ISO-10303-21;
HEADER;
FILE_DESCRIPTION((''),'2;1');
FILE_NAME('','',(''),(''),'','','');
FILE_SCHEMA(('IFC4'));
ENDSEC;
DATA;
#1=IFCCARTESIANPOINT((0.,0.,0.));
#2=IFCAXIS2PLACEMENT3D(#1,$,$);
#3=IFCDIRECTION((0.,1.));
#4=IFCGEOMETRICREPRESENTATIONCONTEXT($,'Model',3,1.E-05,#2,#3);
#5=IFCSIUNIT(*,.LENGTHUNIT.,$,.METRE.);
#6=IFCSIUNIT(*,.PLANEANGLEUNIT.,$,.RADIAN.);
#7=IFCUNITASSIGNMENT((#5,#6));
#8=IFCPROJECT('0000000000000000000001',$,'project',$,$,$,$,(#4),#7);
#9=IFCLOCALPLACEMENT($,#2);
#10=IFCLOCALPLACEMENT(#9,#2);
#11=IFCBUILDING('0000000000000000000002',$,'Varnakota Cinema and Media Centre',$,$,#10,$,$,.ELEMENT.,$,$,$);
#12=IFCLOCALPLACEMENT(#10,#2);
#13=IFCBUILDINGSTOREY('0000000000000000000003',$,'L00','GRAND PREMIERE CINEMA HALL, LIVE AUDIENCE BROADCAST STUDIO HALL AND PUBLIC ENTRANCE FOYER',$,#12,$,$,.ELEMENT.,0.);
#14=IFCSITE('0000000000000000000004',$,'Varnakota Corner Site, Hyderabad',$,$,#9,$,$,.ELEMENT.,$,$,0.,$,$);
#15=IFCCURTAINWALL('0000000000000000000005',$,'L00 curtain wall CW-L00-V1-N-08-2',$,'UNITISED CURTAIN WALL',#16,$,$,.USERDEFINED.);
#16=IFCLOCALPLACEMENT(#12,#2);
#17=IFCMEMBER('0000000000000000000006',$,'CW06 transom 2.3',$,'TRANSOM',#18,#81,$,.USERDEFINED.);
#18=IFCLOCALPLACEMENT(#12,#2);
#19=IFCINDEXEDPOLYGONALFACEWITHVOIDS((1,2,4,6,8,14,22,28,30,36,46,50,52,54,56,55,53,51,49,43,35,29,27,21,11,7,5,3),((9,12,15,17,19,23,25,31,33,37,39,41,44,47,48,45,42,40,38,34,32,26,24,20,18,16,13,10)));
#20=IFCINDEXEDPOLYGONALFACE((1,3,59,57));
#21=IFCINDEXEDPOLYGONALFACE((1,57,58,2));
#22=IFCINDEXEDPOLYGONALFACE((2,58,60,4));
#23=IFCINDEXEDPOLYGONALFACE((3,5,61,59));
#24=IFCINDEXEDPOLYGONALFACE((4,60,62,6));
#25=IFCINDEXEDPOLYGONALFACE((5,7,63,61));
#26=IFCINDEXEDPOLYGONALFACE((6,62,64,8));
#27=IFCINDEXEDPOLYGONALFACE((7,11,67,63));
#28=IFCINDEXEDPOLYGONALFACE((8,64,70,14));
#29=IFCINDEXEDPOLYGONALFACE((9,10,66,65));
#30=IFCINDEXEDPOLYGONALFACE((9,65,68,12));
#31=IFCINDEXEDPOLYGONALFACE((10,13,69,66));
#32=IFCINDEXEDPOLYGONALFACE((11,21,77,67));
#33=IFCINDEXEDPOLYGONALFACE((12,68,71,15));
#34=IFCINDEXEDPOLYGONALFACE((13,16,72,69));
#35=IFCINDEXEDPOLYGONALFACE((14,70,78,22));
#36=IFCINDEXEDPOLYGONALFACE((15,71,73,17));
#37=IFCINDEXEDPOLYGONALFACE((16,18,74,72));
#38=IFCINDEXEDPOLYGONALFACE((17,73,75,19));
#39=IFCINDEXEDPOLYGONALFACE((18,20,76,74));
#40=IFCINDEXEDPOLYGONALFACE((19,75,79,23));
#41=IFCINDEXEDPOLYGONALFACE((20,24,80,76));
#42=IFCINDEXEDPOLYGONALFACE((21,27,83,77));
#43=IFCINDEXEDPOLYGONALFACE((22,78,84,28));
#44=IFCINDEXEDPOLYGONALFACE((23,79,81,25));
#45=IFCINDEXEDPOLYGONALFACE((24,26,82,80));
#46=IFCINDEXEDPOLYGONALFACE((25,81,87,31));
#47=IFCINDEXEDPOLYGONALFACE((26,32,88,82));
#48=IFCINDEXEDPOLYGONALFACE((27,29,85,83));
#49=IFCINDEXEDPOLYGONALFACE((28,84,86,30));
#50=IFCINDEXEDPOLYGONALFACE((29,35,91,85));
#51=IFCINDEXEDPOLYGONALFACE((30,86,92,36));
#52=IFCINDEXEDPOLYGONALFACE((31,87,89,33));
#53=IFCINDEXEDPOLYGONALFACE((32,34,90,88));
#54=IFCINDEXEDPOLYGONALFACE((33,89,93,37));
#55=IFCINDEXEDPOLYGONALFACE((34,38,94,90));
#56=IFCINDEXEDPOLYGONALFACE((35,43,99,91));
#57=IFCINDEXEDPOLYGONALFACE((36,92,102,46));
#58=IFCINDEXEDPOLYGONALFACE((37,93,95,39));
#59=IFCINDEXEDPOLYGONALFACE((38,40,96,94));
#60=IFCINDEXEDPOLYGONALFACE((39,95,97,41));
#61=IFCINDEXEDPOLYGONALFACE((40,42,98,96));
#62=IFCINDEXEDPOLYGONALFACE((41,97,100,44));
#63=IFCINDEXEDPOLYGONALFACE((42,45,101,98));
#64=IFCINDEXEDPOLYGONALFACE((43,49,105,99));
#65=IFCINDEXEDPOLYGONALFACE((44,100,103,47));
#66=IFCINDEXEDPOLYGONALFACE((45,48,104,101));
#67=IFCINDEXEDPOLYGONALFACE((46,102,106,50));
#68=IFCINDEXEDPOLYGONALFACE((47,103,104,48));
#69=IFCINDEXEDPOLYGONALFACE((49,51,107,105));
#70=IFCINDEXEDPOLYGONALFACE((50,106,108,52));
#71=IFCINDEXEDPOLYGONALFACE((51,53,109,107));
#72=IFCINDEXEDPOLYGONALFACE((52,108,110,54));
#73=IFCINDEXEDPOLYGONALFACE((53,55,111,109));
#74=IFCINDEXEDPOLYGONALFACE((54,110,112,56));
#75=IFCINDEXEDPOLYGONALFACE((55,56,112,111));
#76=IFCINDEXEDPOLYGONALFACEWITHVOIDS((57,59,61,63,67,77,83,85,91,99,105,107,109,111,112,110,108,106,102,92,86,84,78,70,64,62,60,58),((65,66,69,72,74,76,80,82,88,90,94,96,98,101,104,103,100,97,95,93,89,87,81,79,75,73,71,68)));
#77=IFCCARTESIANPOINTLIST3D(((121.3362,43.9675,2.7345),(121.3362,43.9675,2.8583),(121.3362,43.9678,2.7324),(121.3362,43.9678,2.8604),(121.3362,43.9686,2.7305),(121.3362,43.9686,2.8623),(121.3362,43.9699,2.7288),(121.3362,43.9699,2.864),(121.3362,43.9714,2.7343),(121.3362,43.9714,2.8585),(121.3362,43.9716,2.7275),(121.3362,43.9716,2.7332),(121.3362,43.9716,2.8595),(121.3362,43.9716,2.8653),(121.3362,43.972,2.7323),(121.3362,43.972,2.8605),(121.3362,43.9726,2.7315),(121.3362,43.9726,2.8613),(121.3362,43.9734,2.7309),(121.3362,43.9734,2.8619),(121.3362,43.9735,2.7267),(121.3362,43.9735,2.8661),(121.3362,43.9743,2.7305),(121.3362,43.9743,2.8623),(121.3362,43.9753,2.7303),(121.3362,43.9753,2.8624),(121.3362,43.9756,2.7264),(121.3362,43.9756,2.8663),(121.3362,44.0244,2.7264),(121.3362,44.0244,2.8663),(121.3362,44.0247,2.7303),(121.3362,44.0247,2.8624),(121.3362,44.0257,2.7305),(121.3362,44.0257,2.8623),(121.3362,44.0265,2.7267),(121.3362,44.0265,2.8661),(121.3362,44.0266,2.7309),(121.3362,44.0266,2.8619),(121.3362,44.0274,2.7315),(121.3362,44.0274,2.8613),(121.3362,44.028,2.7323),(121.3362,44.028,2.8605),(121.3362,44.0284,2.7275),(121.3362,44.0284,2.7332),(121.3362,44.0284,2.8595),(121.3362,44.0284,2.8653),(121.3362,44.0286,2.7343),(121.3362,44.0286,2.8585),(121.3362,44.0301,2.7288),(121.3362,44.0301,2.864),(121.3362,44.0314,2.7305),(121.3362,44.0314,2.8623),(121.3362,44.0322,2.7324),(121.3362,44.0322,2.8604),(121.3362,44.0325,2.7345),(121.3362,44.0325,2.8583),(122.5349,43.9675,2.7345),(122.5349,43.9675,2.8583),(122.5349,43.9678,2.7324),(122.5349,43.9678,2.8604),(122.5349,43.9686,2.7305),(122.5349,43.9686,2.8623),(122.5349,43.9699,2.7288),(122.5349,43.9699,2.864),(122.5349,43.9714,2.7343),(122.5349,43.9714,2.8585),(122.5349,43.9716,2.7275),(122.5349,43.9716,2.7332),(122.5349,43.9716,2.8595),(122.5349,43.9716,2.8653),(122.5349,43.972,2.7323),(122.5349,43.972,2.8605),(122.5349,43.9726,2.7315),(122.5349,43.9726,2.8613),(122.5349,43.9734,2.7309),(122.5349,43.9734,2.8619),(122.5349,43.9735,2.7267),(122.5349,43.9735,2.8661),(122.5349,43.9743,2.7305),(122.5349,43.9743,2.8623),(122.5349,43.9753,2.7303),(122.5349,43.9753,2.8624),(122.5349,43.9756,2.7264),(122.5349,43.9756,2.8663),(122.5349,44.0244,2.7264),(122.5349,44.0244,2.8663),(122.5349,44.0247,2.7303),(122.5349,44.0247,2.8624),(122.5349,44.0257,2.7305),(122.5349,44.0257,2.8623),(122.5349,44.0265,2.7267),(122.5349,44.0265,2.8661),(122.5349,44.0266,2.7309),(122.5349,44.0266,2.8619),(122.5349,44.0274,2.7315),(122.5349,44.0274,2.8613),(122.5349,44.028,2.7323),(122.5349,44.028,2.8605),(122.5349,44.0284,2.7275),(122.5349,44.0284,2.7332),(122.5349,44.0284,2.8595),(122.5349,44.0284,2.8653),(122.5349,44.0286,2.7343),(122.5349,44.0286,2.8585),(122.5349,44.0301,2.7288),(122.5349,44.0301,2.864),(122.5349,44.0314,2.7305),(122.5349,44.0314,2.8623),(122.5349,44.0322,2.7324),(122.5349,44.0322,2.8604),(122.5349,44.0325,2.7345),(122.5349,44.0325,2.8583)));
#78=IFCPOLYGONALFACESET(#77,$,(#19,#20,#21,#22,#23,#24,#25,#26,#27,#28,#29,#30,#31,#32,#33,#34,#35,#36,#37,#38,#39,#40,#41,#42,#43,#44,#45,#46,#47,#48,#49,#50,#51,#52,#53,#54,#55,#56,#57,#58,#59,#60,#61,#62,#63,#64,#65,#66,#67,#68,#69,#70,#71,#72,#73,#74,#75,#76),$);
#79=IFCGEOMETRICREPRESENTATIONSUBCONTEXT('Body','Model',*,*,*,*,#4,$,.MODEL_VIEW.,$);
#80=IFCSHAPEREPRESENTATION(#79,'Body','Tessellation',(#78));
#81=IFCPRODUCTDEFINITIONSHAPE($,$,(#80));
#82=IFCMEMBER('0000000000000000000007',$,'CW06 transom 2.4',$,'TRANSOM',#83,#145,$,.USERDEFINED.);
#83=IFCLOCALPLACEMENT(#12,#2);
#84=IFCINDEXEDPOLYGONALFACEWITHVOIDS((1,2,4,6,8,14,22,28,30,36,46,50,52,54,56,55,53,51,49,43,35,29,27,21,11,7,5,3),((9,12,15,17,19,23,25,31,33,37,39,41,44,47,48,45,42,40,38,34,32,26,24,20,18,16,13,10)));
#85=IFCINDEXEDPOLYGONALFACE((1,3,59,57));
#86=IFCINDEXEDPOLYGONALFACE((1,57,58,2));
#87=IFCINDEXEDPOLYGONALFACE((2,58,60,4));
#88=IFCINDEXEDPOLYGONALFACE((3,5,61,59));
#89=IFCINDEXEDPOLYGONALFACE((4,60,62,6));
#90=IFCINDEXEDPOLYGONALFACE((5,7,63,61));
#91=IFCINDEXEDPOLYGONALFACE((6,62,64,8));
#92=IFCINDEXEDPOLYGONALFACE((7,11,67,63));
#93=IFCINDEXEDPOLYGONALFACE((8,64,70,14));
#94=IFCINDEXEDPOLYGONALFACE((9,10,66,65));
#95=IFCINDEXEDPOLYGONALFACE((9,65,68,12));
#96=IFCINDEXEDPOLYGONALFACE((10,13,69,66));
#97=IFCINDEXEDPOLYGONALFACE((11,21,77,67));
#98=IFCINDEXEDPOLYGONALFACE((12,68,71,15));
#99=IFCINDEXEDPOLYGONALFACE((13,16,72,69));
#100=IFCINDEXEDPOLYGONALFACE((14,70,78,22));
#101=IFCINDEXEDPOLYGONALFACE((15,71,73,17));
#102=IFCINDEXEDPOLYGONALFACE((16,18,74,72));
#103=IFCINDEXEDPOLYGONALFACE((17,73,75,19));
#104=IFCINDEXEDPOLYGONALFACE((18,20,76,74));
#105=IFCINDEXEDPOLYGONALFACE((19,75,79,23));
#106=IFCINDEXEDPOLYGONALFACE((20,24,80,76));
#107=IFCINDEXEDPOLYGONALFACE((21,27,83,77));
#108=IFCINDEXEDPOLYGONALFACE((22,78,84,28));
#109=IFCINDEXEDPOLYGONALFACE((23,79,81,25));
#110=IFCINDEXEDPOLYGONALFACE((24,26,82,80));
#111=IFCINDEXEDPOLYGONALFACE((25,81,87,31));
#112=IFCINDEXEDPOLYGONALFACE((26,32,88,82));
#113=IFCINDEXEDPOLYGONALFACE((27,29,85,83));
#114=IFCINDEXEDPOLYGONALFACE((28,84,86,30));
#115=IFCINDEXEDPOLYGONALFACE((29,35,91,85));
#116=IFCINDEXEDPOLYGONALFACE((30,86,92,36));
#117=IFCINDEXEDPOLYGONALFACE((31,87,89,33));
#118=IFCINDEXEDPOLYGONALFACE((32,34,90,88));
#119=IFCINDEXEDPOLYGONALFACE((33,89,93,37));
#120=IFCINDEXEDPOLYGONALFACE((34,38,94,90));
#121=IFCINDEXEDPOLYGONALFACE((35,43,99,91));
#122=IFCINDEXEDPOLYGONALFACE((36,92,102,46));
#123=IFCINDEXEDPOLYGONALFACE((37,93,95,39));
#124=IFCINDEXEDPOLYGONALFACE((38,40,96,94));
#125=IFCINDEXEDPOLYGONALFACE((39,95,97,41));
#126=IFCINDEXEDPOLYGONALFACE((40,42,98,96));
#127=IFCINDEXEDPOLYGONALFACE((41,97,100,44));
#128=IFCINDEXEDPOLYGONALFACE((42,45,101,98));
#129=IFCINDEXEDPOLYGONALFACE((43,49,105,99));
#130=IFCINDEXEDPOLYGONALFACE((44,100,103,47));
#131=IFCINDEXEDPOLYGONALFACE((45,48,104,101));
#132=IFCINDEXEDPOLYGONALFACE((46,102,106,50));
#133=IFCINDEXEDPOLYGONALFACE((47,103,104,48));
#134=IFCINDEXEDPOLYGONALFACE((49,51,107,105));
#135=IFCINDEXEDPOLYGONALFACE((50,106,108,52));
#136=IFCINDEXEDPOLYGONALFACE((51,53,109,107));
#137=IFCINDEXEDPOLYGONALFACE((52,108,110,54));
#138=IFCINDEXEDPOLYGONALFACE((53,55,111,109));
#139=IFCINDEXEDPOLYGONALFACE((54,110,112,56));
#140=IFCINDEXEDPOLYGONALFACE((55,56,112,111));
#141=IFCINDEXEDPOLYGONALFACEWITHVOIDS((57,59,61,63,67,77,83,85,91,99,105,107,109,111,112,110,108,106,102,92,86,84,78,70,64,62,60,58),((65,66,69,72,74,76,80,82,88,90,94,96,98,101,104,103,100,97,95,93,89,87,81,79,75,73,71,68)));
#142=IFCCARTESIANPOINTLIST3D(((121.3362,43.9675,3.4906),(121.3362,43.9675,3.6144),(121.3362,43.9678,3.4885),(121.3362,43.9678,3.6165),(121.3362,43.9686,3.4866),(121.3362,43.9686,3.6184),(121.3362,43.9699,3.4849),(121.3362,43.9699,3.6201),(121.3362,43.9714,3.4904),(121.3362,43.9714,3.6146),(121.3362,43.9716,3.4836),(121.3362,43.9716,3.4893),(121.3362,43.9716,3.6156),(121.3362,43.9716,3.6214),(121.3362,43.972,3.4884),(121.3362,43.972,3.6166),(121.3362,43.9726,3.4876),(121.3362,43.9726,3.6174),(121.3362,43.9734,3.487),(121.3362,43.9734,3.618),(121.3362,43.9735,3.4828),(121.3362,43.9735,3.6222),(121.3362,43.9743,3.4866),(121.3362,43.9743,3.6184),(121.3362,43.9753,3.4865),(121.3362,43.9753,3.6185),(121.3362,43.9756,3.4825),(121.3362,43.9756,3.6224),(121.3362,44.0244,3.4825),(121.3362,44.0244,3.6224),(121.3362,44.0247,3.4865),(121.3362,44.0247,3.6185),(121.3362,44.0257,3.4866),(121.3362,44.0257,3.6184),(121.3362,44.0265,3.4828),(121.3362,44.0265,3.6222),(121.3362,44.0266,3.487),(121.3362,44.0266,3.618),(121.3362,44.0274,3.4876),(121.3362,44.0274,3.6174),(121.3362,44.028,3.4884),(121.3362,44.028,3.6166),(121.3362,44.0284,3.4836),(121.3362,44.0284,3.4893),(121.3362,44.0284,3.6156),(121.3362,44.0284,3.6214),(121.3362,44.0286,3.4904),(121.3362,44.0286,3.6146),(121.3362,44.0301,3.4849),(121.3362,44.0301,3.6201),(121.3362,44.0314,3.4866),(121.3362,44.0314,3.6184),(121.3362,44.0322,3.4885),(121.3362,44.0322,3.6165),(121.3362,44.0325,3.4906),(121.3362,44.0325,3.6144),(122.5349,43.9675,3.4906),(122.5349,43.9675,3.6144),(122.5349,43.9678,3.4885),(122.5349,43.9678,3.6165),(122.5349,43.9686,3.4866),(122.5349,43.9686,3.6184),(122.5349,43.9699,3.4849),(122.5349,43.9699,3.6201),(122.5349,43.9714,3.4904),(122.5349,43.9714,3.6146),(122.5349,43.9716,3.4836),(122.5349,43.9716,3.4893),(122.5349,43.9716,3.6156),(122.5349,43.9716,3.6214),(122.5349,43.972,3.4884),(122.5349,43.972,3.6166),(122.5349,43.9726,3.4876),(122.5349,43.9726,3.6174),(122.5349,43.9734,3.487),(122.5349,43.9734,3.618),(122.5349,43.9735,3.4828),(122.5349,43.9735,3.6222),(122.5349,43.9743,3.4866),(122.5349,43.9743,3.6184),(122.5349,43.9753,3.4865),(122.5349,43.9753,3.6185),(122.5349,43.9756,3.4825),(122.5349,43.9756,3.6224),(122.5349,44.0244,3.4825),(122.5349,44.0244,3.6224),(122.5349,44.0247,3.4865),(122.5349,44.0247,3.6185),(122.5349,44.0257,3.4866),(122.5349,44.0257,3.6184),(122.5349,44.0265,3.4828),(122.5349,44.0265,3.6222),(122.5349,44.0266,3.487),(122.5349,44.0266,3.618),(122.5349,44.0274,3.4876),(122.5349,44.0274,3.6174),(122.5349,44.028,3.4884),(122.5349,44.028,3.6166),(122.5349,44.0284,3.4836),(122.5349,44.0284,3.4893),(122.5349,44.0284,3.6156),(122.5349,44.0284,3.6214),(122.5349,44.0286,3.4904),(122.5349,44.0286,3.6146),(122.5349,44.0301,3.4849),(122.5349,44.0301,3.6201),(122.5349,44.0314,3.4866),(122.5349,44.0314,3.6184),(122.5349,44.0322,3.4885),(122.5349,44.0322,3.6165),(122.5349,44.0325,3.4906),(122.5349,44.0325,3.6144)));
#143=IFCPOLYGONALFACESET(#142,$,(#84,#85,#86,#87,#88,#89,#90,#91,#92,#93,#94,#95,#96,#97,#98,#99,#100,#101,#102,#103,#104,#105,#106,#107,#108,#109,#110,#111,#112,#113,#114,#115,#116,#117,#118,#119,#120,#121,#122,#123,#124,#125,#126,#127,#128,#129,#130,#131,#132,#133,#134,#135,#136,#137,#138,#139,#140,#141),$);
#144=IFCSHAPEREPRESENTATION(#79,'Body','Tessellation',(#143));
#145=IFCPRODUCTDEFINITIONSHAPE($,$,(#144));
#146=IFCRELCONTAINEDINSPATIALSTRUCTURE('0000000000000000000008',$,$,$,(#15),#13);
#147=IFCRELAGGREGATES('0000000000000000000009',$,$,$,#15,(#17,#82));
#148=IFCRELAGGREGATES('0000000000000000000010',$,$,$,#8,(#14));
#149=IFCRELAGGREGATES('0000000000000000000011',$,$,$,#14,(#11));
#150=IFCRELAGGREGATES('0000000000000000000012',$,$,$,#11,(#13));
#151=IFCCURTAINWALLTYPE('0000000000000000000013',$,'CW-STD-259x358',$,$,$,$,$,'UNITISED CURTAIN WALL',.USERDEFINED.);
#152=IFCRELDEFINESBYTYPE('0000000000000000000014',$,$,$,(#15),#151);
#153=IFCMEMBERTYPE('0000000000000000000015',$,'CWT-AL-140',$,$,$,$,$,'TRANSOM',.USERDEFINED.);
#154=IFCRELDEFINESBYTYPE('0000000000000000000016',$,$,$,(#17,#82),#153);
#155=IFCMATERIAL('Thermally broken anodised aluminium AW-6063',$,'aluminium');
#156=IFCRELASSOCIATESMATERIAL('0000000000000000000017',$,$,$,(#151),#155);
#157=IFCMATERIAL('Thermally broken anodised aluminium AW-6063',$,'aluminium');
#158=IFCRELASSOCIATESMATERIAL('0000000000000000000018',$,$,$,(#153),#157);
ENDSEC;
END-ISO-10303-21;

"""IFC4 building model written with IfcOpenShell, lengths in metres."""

from ifc_helpers import new_model, si_unit, direction, frame, origin, origin_2d, place, context, subcontext, project, spatial, hollow_rectangle, extrude, material, material_profile, profile_set, type_object, element, aggregate, save


model = new_model("IFC4")

# Units and contexts
model_context = context("Model", 3, precision=1e-05, world=origin(), true_north=direction((0.0, 1.0)))
body_context = subcontext(model_context, "Body", "Model", "MODEL_VIEW")
ifc_project = project(units=[si_unit("LENGTHUNIT", "METRE"), si_unit("PLANEANGLEUNIT", "RADIAN")], contexts=[model_context])

# Site, building, storey
site_placement = place(None, origin())
site = spatial("IfcSite", under=ifc_project, at=site_placement, Name="Varnakota Corner Site, Hyderabad", CompositionType="ELEMENT", RefElevation=0.0)
building_placement = place(site_placement, origin())
building = spatial("IfcBuilding", under=site, at=building_placement, Name="Varnakota Cinema and Media Centre", CompositionType="ELEMENT")
storey_placement = place(building_placement, origin())
storey = spatial("IfcBuildingStorey", under=building, at=storey_placement, Name="L00", Description="GRAND PREMIERE CINEMA HALL, LIVE AUDIENCE BROADCAST STUDIO HALL AND PUBLIC ENTRANCE FOYER", CompositionType="ELEMENT", Elevation=0.0)

# Curtain wall
ifc_material_1 = material(Name="Thermally broken anodised aluminium AW-6063", Category="aluminium")
curtain_wall_type = type_object("IfcCurtainWallType", Name="CW-STD-259x358", ElementType="UNITISED CURTAIN WALL", PredefinedType="USERDEFINED", material=ifc_material_1)
curtain_wall_1_placement = place(storey_placement, origin())
curtain_wall_1 = element("IfcCurtainWall", 1, at=curtain_wall_1_placement, inside=storey, type_object=curtain_wall_type, Name="L00 curtain wall CW-L00-V1-N-08-2", ObjectType="UNITISED CURTAIN WALL", PredefinedType="USERDEFINED")

# Members
ifc_material_2 = material(Name="Thermally broken anodised aluminium AW-6063", Category="aluminium")
ifc_material_profile_1 = material_profile(ifc_material_2, hollow_rectangle(XDim=0.0649, YDim=0.1399, WallThickness=0.0039, InnerFilletRadius=0.0039, OuterFilletRadius=0.0081, at=origin_2d()), Name="AL-TRANSOM 140x65x4")
ifc_profile_set_1 = profile_set([ifc_material_profile_1], Name="Thermally broken anodised aluminium AW-6063")
member_type_1 = type_object("IfcMemberType", Name="CWT-AL-140", ElementType="TRANSOM", PredefinedType="USERDEFINED", material=ifc_profile_set_1)
member_1_placement = place(storey_placement, frame((121.3362, 44.0, 2.7964), z_axis=(1.0, 0.0, 0.0), x_axis=(0.0, 1.0, 0.0)))
member_1 = element("IfcMember", 2, at=member_1_placement, type_object=member_type_1, Name="CW06 transom 2.3", ObjectType="TRANSOM", PredefinedType="USERDEFINED", context=body_context, shape_type="SweptSolid", body=[
    extrude(hollow_rectangle(XDim=0.0649, YDim=0.1399, WallThickness=0.0039, InnerFilletRadius=0.0039, OuterFilletRadius=0.0081, at=origin_2d()), origin(), (0.0, 0.0, 1.0), 1.1987),
])
member_2_placement = place(storey_placement, frame((121.3362, 44.0, 3.5525), z_axis=(1.0, 0.0, 0.0), x_axis=(0.0, 1.0, 0.0)))
member_2 = element("IfcMember", 3, at=member_2_placement, type_object=member_type_1, Name="CW06 transom 2.4", ObjectType="TRANSOM", PredefinedType="USERDEFINED", context=body_context, shape_type="SweptSolid", body=[
    extrude(hollow_rectangle(XDim=0.0649, YDim=0.1399, WallThickness=0.0039, InnerFilletRadius=0.0039, OuterFilletRadius=0.0081, at=origin_2d()), origin(), (0.0, 0.0, 1.0), 1.1987),
])

aggregate(curtain_wall_1, [member_1, member_2])

save(model, "model.ifc")
